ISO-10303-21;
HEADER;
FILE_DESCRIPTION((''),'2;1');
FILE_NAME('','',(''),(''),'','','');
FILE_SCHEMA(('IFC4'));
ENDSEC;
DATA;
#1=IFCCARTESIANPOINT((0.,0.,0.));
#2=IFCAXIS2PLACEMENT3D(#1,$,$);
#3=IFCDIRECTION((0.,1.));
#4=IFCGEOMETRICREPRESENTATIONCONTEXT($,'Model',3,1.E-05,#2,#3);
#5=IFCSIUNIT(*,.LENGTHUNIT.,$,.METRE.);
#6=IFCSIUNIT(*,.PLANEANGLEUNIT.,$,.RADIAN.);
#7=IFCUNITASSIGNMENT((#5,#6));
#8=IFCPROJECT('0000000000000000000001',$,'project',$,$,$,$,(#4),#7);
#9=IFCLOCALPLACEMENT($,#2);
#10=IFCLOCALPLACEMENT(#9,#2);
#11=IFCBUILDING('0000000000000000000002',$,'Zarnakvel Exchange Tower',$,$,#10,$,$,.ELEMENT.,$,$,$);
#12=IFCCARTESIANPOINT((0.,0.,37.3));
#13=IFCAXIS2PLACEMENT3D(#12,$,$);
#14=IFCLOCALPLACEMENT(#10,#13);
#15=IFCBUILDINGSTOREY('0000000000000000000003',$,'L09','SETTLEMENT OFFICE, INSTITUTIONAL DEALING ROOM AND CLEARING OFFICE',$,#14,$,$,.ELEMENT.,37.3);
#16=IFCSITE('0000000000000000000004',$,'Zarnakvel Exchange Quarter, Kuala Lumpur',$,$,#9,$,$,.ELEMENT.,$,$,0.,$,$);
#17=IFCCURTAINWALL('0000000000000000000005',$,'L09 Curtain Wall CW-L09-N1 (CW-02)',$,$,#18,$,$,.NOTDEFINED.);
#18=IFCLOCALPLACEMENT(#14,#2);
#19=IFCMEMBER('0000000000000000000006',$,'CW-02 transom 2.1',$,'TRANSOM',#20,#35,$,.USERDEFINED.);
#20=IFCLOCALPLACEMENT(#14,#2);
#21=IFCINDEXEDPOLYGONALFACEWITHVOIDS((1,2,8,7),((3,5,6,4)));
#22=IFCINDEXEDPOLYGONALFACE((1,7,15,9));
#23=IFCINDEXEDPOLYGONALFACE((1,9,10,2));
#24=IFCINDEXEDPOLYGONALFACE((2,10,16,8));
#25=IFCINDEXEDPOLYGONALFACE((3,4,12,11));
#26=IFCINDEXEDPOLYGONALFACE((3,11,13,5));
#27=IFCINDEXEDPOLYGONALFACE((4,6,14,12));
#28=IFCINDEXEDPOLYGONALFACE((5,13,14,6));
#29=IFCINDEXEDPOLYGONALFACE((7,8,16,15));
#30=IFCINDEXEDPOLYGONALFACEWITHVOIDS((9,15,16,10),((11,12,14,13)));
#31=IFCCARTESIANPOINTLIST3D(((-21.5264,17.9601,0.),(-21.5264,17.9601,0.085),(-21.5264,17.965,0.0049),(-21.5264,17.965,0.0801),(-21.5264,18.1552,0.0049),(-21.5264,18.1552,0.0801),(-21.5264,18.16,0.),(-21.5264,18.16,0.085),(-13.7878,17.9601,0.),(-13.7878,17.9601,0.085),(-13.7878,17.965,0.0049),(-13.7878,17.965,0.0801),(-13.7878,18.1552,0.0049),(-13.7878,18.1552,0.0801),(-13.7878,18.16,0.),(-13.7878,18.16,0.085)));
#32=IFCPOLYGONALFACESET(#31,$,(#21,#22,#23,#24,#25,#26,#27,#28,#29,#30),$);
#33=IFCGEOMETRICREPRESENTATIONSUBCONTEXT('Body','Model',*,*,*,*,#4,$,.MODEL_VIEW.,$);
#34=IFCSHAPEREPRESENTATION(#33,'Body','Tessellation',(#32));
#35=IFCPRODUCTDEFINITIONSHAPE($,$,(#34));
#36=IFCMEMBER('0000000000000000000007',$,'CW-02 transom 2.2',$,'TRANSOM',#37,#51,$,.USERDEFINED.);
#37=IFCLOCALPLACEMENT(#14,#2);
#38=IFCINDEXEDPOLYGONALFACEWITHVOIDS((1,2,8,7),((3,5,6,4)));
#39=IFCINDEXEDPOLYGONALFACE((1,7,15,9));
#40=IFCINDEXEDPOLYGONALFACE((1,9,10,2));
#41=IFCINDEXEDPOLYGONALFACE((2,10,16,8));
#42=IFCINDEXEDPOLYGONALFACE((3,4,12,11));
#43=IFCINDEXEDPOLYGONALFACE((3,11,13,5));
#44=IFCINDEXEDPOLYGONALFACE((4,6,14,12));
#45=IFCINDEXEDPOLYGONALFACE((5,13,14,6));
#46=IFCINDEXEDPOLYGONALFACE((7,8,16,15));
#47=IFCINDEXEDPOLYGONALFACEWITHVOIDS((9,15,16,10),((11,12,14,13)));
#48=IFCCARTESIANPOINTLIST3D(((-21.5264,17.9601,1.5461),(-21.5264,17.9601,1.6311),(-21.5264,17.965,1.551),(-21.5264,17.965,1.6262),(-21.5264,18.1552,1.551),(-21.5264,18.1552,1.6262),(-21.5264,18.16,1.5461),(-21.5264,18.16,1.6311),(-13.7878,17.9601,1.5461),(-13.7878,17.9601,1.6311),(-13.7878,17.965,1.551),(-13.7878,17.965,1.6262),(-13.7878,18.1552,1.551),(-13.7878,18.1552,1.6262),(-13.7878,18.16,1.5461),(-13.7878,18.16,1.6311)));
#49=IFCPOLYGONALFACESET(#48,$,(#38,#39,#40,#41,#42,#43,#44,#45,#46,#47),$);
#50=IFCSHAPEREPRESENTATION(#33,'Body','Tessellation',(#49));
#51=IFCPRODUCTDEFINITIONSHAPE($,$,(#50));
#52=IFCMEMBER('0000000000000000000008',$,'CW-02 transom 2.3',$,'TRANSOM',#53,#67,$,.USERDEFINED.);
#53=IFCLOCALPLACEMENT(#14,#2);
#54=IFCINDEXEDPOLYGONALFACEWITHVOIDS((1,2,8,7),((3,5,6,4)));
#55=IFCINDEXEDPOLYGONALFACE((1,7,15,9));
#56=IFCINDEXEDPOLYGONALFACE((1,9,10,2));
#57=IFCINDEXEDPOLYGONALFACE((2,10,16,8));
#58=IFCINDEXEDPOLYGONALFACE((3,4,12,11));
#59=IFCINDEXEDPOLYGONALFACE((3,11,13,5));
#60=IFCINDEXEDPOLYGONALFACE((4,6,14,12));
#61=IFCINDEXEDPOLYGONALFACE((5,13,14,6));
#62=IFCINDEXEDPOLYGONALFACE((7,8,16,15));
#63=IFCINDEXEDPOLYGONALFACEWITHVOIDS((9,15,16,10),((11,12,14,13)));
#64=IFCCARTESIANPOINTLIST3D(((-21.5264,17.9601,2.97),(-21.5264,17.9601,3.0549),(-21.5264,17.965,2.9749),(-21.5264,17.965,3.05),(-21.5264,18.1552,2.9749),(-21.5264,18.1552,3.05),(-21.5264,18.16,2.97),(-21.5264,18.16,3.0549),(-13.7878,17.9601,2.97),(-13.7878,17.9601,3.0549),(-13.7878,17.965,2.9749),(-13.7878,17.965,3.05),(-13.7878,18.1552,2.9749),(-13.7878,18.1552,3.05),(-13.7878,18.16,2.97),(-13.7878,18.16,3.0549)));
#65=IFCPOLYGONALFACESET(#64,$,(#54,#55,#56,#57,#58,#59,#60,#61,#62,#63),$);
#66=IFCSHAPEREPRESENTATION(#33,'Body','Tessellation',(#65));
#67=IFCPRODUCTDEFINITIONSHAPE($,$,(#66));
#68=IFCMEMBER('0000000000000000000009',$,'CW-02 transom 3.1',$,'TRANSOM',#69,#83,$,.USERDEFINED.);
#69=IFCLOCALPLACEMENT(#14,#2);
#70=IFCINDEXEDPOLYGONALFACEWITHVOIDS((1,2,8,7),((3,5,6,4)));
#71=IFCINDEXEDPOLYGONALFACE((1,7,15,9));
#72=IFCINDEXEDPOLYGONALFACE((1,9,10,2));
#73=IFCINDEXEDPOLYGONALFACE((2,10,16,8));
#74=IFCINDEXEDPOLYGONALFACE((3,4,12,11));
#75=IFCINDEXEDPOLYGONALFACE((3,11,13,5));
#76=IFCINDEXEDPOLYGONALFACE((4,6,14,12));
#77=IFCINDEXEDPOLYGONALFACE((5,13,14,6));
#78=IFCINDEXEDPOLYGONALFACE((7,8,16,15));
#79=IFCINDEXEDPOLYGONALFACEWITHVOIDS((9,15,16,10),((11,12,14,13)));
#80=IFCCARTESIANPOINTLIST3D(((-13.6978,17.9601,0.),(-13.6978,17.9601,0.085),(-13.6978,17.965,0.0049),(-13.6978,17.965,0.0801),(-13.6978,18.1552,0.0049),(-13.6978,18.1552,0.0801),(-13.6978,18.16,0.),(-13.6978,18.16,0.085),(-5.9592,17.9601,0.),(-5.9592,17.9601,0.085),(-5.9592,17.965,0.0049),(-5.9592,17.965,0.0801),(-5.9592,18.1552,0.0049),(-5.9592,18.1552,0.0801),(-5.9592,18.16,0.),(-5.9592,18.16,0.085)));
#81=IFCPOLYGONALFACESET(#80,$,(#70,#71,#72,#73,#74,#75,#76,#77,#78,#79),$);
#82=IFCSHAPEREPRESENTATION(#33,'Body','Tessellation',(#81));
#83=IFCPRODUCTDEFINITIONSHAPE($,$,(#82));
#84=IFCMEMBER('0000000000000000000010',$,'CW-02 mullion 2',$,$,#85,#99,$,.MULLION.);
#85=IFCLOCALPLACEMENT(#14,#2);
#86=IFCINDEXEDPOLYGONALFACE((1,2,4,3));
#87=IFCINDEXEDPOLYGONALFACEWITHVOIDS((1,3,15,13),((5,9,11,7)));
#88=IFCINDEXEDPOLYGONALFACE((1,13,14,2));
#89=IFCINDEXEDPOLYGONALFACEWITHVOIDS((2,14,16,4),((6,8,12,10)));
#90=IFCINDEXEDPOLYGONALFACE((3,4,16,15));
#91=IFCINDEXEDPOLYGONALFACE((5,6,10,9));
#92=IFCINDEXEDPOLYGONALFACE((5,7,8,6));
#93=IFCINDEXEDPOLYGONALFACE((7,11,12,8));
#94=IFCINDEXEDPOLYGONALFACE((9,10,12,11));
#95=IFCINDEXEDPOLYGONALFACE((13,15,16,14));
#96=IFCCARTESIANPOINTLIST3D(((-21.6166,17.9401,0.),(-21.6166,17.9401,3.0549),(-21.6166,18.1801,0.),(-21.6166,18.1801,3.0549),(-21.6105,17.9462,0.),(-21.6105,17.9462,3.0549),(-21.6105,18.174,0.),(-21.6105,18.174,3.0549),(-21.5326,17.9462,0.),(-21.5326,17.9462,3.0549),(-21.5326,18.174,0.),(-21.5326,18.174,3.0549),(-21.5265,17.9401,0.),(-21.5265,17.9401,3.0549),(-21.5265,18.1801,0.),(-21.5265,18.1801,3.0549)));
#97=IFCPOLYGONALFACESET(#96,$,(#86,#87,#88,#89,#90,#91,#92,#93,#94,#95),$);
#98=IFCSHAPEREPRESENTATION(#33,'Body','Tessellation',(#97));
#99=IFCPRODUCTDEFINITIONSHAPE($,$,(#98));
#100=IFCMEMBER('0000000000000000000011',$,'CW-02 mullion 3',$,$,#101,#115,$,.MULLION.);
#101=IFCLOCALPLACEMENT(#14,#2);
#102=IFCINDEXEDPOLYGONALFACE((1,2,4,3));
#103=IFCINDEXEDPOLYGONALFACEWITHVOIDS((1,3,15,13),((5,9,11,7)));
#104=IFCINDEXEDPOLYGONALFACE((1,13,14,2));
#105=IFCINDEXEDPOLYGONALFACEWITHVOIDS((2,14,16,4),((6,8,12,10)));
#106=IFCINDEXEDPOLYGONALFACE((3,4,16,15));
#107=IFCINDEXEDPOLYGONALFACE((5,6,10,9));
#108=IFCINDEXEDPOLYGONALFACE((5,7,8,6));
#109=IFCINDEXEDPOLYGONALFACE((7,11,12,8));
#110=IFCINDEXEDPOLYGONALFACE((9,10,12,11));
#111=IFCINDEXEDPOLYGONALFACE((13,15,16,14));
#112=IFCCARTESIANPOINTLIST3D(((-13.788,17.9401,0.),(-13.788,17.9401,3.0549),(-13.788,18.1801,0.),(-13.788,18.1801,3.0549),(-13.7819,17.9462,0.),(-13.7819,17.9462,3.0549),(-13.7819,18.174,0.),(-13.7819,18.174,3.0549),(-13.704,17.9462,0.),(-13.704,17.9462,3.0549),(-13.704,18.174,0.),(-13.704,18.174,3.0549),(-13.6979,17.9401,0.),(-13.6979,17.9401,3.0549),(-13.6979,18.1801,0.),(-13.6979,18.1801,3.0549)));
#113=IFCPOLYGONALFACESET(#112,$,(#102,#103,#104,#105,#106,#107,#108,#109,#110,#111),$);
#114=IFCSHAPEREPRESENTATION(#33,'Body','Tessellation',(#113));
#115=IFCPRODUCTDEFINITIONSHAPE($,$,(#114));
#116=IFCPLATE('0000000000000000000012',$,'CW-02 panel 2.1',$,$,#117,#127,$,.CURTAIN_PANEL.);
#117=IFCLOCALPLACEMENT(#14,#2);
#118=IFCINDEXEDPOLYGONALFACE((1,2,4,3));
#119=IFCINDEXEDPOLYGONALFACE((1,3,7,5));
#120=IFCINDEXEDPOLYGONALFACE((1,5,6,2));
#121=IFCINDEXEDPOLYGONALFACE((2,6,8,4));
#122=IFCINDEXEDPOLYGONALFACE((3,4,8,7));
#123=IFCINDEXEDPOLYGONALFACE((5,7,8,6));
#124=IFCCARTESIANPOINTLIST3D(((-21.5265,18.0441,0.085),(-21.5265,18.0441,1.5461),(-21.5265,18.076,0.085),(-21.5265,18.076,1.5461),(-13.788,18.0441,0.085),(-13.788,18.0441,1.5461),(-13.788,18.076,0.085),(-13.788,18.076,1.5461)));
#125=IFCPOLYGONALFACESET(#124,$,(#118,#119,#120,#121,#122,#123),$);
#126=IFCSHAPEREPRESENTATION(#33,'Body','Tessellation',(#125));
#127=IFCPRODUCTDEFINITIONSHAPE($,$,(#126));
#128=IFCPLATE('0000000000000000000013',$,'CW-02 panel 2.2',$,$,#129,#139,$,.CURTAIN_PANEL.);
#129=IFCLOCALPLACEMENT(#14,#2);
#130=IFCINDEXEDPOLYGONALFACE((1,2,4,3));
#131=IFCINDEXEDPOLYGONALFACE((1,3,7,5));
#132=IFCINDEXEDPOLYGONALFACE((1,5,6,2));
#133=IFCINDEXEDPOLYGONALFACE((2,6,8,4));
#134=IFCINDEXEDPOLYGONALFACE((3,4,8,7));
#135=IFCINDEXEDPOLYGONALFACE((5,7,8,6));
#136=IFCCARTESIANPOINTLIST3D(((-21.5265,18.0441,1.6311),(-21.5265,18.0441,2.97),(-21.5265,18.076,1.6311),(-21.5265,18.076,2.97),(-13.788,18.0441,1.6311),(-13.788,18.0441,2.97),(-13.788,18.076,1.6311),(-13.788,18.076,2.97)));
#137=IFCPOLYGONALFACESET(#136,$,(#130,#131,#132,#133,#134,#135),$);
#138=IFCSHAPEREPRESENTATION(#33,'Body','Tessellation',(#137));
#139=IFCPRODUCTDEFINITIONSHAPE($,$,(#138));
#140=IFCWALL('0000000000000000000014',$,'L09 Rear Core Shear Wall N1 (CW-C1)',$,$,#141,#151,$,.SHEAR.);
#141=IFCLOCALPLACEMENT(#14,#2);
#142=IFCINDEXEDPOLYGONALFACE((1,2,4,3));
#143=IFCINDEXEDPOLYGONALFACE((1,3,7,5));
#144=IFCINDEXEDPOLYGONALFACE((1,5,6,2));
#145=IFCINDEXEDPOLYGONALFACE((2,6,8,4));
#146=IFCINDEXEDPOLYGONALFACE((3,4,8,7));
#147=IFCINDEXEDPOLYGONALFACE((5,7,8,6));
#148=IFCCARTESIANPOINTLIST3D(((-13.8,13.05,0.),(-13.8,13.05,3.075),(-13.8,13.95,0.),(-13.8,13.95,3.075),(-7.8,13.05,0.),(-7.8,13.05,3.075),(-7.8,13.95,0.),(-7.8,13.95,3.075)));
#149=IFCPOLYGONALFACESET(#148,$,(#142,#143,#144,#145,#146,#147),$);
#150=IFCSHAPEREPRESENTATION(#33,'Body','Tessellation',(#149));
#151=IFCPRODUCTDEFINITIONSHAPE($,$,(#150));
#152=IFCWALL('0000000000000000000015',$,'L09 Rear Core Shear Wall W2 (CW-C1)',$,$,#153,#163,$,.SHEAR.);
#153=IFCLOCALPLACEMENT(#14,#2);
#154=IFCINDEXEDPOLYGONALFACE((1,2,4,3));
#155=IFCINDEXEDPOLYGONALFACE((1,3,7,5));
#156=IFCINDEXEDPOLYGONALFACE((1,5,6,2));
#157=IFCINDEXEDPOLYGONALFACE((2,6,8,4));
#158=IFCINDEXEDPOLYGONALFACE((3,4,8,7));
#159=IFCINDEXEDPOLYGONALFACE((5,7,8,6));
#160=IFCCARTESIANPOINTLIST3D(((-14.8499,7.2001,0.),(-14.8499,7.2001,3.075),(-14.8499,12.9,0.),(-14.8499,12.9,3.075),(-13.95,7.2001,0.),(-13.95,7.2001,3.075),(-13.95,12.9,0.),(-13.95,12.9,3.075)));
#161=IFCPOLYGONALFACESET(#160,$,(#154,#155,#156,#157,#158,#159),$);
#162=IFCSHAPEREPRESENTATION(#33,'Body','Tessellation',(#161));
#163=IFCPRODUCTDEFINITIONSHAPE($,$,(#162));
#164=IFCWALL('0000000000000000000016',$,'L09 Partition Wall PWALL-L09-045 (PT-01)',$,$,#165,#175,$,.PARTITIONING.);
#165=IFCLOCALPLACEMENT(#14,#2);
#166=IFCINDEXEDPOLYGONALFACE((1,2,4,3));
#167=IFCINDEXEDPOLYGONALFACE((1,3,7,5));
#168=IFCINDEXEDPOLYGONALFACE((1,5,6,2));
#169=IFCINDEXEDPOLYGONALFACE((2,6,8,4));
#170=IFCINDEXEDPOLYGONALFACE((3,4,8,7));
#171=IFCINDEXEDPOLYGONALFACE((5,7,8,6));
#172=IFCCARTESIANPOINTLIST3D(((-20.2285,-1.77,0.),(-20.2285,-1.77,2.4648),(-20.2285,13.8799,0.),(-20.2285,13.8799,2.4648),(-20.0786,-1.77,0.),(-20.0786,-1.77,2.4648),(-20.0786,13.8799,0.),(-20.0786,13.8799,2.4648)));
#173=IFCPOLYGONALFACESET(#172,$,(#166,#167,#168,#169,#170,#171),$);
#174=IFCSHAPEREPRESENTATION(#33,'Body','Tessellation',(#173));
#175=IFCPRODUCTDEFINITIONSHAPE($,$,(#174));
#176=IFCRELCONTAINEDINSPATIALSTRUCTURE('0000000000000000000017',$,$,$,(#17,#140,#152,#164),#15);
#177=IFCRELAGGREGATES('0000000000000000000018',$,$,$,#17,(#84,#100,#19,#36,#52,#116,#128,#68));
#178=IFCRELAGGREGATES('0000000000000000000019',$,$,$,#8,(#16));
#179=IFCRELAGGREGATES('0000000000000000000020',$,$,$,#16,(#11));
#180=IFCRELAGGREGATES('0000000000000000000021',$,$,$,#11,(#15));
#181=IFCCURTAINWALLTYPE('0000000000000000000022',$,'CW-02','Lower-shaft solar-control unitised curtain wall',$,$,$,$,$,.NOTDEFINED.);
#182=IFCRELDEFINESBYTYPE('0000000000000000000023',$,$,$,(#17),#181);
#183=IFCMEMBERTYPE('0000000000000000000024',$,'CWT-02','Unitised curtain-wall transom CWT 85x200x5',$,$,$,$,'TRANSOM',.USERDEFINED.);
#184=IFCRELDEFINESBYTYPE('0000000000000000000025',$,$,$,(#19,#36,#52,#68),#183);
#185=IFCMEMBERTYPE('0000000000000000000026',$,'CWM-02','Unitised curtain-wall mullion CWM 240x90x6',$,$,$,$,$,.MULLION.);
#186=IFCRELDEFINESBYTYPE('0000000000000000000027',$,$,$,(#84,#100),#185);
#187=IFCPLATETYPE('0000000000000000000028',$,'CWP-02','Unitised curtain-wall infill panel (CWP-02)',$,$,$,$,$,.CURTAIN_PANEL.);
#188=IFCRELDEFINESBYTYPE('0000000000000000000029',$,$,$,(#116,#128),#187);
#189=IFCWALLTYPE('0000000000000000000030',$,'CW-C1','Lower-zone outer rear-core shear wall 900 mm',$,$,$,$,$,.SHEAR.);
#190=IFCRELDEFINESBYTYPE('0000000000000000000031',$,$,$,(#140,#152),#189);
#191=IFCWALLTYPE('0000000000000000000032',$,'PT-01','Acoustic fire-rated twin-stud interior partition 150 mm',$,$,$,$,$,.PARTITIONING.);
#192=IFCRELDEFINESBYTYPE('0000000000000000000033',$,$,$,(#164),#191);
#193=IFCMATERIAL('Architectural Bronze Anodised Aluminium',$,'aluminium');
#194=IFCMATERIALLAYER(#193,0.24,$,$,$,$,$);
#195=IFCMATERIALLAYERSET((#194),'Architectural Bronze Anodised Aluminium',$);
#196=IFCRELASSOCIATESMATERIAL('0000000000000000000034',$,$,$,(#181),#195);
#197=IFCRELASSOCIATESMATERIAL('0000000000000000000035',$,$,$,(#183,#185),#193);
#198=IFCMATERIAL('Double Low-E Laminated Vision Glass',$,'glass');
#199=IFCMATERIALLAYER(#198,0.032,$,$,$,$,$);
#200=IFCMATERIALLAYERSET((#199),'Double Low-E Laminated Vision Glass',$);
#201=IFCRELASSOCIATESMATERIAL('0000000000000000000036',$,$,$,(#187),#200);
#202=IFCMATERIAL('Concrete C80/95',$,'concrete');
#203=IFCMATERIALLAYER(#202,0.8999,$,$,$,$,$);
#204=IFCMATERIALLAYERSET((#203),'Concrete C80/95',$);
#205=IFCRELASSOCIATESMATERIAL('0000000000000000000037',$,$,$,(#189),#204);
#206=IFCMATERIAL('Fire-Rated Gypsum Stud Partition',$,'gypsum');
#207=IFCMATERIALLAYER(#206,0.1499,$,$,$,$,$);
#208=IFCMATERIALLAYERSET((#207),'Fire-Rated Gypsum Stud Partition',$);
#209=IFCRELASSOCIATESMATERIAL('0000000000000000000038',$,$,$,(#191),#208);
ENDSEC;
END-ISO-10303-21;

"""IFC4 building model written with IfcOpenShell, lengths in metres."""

from ifc_helpers import new_model, si_unit, direction, frame, frame_2d, origin, origin_2d, place, context, subcontext, project, spatial, rectangle, hollow_rectangle, extrude, source, transform, mapped, material, layer, layer_set, material_profile, profile_set, type_object, element, aggregate, save


model = new_model("IFC4")

# Units and contexts
model_context = context("Model", 3, precision=1e-05, world=origin(), true_north=direction((0.0, 1.0)))
body_context = subcontext(model_context, "Body", "Model", "MODEL_VIEW")
ifc_project = project(units=[si_unit("LENGTHUNIT", "METRE"), si_unit("PLANEANGLEUNIT", "RADIAN")], contexts=[model_context])

# Site, building, storey
site_placement = place(None, origin())
site = spatial("IfcSite", under=ifc_project, at=site_placement, Name="Zarnakvel Exchange Quarter, Kuala Lumpur", CompositionType="ELEMENT", RefElevation=0.0)
building_placement = place(site_placement, origin())
building = spatial("IfcBuilding", under=site, at=building_placement, Name="Zarnakvel Exchange Tower", CompositionType="ELEMENT")
storey_placement = place(building_placement, frame((0.0, 0.0, 37.3)))
storey = spatial("IfcBuildingStorey", under=building, at=storey_placement, Name="L09", Description="SETTLEMENT OFFICE, INSTITUTIONAL DEALING ROOM AND CLEARING OFFICE", CompositionType="ELEMENT", Elevation=37.3)

# Shared definitions
ifc_material_1 = material(Name="Concrete C80/95", Category="concrete")

# Curtain wall, members, plates
ifc_material_2 = material(Name="Architectural Bronze Anodised Aluminium", Category="aluminium")
ifc_layer_1 = layer(ifc_material_2, 0.24)
ifc_layer_set_1 = layer_set([ifc_layer_1], Name="Architectural Bronze Anodised Aluminium")
curtain_wall_type = type_object("IfcCurtainWallType", Name="CW-02", Description="Lower-shaft solar-control unitised curtain wall", PredefinedType="NOTDEFINED", material=ifc_layer_set_1)
curtain_wall_placement = place(storey_placement, origin())
curtain_wall = element("IfcCurtainWall", 1, at=curtain_wall_placement, inside=storey, type_object=curtain_wall_type, Name="L09 Curtain Wall CW-L09-N1 (CW-02)", PredefinedType="NOTDEFINED")
ifc_material_profile_1 = material_profile(ifc_material_2, hollow_rectangle(XDim=0.2, YDim=0.085, WallThickness=0.0049, at=origin_2d()))
ifc_profile_set_1 = profile_set([ifc_material_profile_1], Name="Architectural Bronze Anodised Aluminium")
member_type_1 = type_object("IfcMemberType", Name="CWT-02", Description="Unitised curtain-wall transom CWT 85x200x5", ElementType="TRANSOM", PredefinedType="USERDEFINED", material=ifc_profile_set_1)
shared_shape_1 = source(origin(), body_context, "Body", "SweptSolid", [
    extrude(hollow_rectangle(XDim=0.2, YDim=0.085, WallThickness=0.0049, at=origin_2d()), origin(), (0.0, 0.0, 1.0), 7.7385),
])
member_1_placement = place(storey_placement, frame((-21.5264, 18.0601, 0.0425), z_axis=(1.0, 0.0, 0.0), x_axis=(0.0, 1.0, 0.0)))
member_1 = element("IfcMember", 2, at=member_1_placement, type_object=member_type_1, Name="CW-02 transom 2.1", ObjectType="TRANSOM", PredefinedType="USERDEFINED", context=body_context, shape_type="MappedRepresentation", body=[
    mapped(shared_shape_1, transform((0.0, 0.0, 0.0), x_axis=(1.0, 0.0, 0.0), y_axis=(0.0, 1.0, 0.0), z_axis=(0.0, 0.0, 1.0), scale=1.0)),
])
member_2_placement = place(storey_placement, frame((-21.5264, 18.0601, 1.5886), z_axis=(1.0, 0.0, 0.0), x_axis=(0.0, 1.0, 0.0)))
member_2 = element("IfcMember", 3, at=member_2_placement, type_object=member_type_1, Name="CW-02 transom 2.2", ObjectType="TRANSOM", PredefinedType="USERDEFINED", context=body_context, shape_type="MappedRepresentation", body=[
    mapped(shared_shape_1, transform((0.0, 0.0, 0.0), x_axis=(1.0, 0.0, 0.0), y_axis=(0.0, 1.0, 0.0), z_axis=(0.0, 0.0, 1.0), scale=1.0)),
])
member_3_placement = place(storey_placement, frame((-21.5264, 18.0601, 3.0125), z_axis=(1.0, 0.0, 0.0), x_axis=(0.0, 1.0, 0.0)))
member_3 = element("IfcMember", 4, at=member_3_placement, type_object=member_type_1, Name="CW-02 transom 2.3", ObjectType="TRANSOM", PredefinedType="USERDEFINED", context=body_context, shape_type="MappedRepresentation", body=[
    mapped(shared_shape_1, transform((0.0, 0.0, 0.0), x_axis=(1.0, 0.0, 0.0), y_axis=(0.0, 1.0, 0.0), z_axis=(0.0, 0.0, 1.0), scale=1.0)),
])
member_4_placement = place(storey_placement, frame((-13.6978, 18.0601, 0.0425), z_axis=(1.0, 0.0, 0.0), x_axis=(0.0, 1.0, 0.0)))
member_4 = element("IfcMember", 5, at=member_4_placement, type_object=member_type_1, Name="CW-02 transom 3.1", ObjectType="TRANSOM", PredefinedType="USERDEFINED", context=body_context, shape_type="MappedRepresentation", body=[
    mapped(shared_shape_1, transform((0.0, 0.0, 0.0), x_axis=(1.0, 0.0, 0.0), y_axis=(0.0, 1.0, 0.0), z_axis=(0.0, 0.0, 1.0), scale=1.0)),
])
ifc_material_profile_2 = material_profile(ifc_material_2, hollow_rectangle(XDim=0.24, YDim=0.0901, WallThickness=0.0061, at=origin_2d()))
ifc_profile_set_2 = profile_set([ifc_material_profile_2], Name="Architectural Bronze Anodised Aluminium")
member_type_2 = type_object("IfcMemberType", Name="CWM-02", Description="Unitised curtain-wall mullion CWM 240x90x6", PredefinedType="MULLION", material=ifc_profile_set_2)
shared_shape_2 = source(origin(), body_context, "Body", "SweptSolid", [
    extrude(hollow_rectangle(XDim=0.24, YDim=0.0901, WallThickness=0.0061, at=origin_2d()), origin(), (0.0, 0.0, 1.0), 3.0549),
])
member_5_placement = place(storey_placement, frame((-21.5715, 18.0601, 0.0), z_axis=(0.0, 0.0, 1.0), x_axis=(0.0, 1.0, 0.0)))
member_5 = element("IfcMember", 6, at=member_5_placement, type_object=member_type_2, Name="CW-02 mullion 2", PredefinedType="MULLION", context=body_context, shape_type="MappedRepresentation", body=[
    mapped(shared_shape_2, transform((0.0, 0.0, 0.0), x_axis=(1.0, 0.0, 0.0), y_axis=(0.0, 1.0, 0.0), z_axis=(0.0, 0.0, 1.0), scale=1.0)),
])
member_6_placement = place(storey_placement, frame((-13.7429, 18.0601, 0.0), z_axis=(0.0, 0.0, 1.0), x_axis=(0.0, 1.0, 0.0)))
member_6 = element("IfcMember", 7, at=member_6_placement, type_object=member_type_2, Name="CW-02 mullion 3", PredefinedType="MULLION", context=body_context, shape_type="MappedRepresentation", body=[
    mapped(shared_shape_2, transform((0.0, 0.0, 0.0), x_axis=(1.0, 0.0, 0.0), y_axis=(0.0, 1.0, 0.0), z_axis=(0.0, 0.0, 1.0), scale=1.0)),
])
ifc_material_3 = material(Name="Double Low-E Laminated Vision Glass", Category="glass")
ifc_layer_2 = layer(ifc_material_3, 0.032)
ifc_layer_set_2 = layer_set([ifc_layer_2], Name="Double Low-E Laminated Vision Glass")
plate_type = type_object("IfcPlateType", Name="CWP-02", Description="Unitised curtain-wall infill panel (CWP-02)", PredefinedType="CURTAIN_PANEL", material=ifc_layer_set_2)
shared_shape_3 = source(origin(), body_context, "Body", "SweptSolid", [
    extrude(rectangle(XDim=7.7385, YDim=0.032, at=origin_2d()), origin(), (0.0, 0.0, 1.0), 1.4612),
])
plate_1_placement = place(storey_placement, frame((-17.6572, 18.0601, 0.085), z_axis=(0.0, 0.0, 1.0), x_axis=(1.0, 0.0, 0.0)))
plate_1 = element("IfcPlate", 8, at=plate_1_placement, type_object=plate_type, Name="CW-02 panel 2.1", PredefinedType="CURTAIN_PANEL", context=body_context, shape_type="MappedRepresentation", body=[
    mapped(shared_shape_3, transform((0.0, 0.0, 0.0), x_axis=(1.0, 0.0, 0.0), y_axis=(0.0, 1.0, 0.0), z_axis=(0.0, 0.0, 1.0), scale=1.0)),
])
shared_shape_4 = source(origin(), body_context, "Body", "SweptSolid", [
    extrude(rectangle(XDim=7.7385, YDim=0.032, at=origin_2d()), origin(), (0.0, 0.0, 1.0), 1.3389),
])
plate_2_placement = place(storey_placement, frame((-17.6572, 18.0601, 1.6311), z_axis=(0.0, 0.0, 1.0), x_axis=(1.0, 0.0, 0.0)))
plate_2 = element("IfcPlate", 9, at=plate_2_placement, type_object=plate_type, Name="CW-02 panel 2.2", PredefinedType="CURTAIN_PANEL", context=body_context, shape_type="MappedRepresentation", body=[
    mapped(shared_shape_4, transform((0.0, 0.0, 0.0), x_axis=(1.0, 0.0, 0.0), y_axis=(0.0, 1.0, 0.0), z_axis=(0.0, 0.0, 1.0), scale=1.0)),
])
aggregate(curtain_wall, [member_5, member_6, member_1, member_2, member_3, plate_1, plate_2, member_4])

# Walls
ifc_layer_3 = layer(ifc_material_1, 0.8999)
ifc_layer_set_3 = layer_set([ifc_layer_3], Name="Concrete C80/95")
wall_type_1 = type_object("IfcWallType", Name="CW-C1", Description="Lower-zone outer rear-core shear wall 900 mm", PredefinedType="SHEAR", material=ifc_layer_set_3)
wall_1_placement = place(storey_placement, frame((-13.8, 13.5, 0.0), z_axis=(0.0, 0.0, 1.0), x_axis=(1.0, 0.0, 0.0)))
element("IfcWall", 10, at=wall_1_placement, inside=storey, type_object=wall_type_1, Name="L09 Rear Core Shear Wall N1 (CW-C1)", PredefinedType="SHEAR", context=body_context, shape_type="SweptSolid", body=[
    extrude(rectangle(XDim=6.0, YDim=0.8999, at=frame_2d((3.0, 0.0))), origin(), (0.0, 0.0, 1.0), 3.075),
])
wall_2_placement = place(storey_placement, frame((-14.3999, 7.2, 0.0), z_axis=(0.0, 0.0, 1.0), x_axis=(0.0, 1.0, 0.0)))
element("IfcWall", 11, at=wall_2_placement, inside=storey, type_object=wall_type_1, Name="L09 Rear Core Shear Wall W2 (CW-C1)", PredefinedType="SHEAR", context=body_context, shape_type="SweptSolid", body=[
    extrude(rectangle(XDim=5.7, YDim=0.8999, at=frame_2d((2.8501, 0.0))), origin(), (0.0, 0.0, 1.0), 3.075),
])
ifc_material_4 = material(Name="Fire-Rated Gypsum Stud Partition", Category="gypsum")
ifc_layer_4 = layer(ifc_material_4, 0.1499)
ifc_layer_set_4 = layer_set([ifc_layer_4], Name="Fire-Rated Gypsum Stud Partition")
wall_type_2 = type_object("IfcWallType", Name="PT-01", Description="Acoustic fire-rated twin-stud interior partition 150 mm", PredefinedType="PARTITIONING", material=ifc_layer_set_4)
wall_3_placement = place(storey_placement, frame((-20.1536, 13.8799, 0.0), z_axis=(0.0, 0.0, 1.0), x_axis=(0.0, -1.0, 0.0)))
element("IfcWall", 12, at=wall_3_placement, inside=storey, type_object=wall_type_2, Name="L09 Partition Wall PWALL-L09-045 (PT-01)", PredefinedType="PARTITIONING", context=body_context, shape_type="SweptSolid", body=[
    extrude(rectangle(XDim=15.6499, YDim=0.1499, at=frame_2d((7.825, 0.0))), origin(), (0.0, 0.0, 1.0), 2.4648),
])

save(model, "model.ifc")
